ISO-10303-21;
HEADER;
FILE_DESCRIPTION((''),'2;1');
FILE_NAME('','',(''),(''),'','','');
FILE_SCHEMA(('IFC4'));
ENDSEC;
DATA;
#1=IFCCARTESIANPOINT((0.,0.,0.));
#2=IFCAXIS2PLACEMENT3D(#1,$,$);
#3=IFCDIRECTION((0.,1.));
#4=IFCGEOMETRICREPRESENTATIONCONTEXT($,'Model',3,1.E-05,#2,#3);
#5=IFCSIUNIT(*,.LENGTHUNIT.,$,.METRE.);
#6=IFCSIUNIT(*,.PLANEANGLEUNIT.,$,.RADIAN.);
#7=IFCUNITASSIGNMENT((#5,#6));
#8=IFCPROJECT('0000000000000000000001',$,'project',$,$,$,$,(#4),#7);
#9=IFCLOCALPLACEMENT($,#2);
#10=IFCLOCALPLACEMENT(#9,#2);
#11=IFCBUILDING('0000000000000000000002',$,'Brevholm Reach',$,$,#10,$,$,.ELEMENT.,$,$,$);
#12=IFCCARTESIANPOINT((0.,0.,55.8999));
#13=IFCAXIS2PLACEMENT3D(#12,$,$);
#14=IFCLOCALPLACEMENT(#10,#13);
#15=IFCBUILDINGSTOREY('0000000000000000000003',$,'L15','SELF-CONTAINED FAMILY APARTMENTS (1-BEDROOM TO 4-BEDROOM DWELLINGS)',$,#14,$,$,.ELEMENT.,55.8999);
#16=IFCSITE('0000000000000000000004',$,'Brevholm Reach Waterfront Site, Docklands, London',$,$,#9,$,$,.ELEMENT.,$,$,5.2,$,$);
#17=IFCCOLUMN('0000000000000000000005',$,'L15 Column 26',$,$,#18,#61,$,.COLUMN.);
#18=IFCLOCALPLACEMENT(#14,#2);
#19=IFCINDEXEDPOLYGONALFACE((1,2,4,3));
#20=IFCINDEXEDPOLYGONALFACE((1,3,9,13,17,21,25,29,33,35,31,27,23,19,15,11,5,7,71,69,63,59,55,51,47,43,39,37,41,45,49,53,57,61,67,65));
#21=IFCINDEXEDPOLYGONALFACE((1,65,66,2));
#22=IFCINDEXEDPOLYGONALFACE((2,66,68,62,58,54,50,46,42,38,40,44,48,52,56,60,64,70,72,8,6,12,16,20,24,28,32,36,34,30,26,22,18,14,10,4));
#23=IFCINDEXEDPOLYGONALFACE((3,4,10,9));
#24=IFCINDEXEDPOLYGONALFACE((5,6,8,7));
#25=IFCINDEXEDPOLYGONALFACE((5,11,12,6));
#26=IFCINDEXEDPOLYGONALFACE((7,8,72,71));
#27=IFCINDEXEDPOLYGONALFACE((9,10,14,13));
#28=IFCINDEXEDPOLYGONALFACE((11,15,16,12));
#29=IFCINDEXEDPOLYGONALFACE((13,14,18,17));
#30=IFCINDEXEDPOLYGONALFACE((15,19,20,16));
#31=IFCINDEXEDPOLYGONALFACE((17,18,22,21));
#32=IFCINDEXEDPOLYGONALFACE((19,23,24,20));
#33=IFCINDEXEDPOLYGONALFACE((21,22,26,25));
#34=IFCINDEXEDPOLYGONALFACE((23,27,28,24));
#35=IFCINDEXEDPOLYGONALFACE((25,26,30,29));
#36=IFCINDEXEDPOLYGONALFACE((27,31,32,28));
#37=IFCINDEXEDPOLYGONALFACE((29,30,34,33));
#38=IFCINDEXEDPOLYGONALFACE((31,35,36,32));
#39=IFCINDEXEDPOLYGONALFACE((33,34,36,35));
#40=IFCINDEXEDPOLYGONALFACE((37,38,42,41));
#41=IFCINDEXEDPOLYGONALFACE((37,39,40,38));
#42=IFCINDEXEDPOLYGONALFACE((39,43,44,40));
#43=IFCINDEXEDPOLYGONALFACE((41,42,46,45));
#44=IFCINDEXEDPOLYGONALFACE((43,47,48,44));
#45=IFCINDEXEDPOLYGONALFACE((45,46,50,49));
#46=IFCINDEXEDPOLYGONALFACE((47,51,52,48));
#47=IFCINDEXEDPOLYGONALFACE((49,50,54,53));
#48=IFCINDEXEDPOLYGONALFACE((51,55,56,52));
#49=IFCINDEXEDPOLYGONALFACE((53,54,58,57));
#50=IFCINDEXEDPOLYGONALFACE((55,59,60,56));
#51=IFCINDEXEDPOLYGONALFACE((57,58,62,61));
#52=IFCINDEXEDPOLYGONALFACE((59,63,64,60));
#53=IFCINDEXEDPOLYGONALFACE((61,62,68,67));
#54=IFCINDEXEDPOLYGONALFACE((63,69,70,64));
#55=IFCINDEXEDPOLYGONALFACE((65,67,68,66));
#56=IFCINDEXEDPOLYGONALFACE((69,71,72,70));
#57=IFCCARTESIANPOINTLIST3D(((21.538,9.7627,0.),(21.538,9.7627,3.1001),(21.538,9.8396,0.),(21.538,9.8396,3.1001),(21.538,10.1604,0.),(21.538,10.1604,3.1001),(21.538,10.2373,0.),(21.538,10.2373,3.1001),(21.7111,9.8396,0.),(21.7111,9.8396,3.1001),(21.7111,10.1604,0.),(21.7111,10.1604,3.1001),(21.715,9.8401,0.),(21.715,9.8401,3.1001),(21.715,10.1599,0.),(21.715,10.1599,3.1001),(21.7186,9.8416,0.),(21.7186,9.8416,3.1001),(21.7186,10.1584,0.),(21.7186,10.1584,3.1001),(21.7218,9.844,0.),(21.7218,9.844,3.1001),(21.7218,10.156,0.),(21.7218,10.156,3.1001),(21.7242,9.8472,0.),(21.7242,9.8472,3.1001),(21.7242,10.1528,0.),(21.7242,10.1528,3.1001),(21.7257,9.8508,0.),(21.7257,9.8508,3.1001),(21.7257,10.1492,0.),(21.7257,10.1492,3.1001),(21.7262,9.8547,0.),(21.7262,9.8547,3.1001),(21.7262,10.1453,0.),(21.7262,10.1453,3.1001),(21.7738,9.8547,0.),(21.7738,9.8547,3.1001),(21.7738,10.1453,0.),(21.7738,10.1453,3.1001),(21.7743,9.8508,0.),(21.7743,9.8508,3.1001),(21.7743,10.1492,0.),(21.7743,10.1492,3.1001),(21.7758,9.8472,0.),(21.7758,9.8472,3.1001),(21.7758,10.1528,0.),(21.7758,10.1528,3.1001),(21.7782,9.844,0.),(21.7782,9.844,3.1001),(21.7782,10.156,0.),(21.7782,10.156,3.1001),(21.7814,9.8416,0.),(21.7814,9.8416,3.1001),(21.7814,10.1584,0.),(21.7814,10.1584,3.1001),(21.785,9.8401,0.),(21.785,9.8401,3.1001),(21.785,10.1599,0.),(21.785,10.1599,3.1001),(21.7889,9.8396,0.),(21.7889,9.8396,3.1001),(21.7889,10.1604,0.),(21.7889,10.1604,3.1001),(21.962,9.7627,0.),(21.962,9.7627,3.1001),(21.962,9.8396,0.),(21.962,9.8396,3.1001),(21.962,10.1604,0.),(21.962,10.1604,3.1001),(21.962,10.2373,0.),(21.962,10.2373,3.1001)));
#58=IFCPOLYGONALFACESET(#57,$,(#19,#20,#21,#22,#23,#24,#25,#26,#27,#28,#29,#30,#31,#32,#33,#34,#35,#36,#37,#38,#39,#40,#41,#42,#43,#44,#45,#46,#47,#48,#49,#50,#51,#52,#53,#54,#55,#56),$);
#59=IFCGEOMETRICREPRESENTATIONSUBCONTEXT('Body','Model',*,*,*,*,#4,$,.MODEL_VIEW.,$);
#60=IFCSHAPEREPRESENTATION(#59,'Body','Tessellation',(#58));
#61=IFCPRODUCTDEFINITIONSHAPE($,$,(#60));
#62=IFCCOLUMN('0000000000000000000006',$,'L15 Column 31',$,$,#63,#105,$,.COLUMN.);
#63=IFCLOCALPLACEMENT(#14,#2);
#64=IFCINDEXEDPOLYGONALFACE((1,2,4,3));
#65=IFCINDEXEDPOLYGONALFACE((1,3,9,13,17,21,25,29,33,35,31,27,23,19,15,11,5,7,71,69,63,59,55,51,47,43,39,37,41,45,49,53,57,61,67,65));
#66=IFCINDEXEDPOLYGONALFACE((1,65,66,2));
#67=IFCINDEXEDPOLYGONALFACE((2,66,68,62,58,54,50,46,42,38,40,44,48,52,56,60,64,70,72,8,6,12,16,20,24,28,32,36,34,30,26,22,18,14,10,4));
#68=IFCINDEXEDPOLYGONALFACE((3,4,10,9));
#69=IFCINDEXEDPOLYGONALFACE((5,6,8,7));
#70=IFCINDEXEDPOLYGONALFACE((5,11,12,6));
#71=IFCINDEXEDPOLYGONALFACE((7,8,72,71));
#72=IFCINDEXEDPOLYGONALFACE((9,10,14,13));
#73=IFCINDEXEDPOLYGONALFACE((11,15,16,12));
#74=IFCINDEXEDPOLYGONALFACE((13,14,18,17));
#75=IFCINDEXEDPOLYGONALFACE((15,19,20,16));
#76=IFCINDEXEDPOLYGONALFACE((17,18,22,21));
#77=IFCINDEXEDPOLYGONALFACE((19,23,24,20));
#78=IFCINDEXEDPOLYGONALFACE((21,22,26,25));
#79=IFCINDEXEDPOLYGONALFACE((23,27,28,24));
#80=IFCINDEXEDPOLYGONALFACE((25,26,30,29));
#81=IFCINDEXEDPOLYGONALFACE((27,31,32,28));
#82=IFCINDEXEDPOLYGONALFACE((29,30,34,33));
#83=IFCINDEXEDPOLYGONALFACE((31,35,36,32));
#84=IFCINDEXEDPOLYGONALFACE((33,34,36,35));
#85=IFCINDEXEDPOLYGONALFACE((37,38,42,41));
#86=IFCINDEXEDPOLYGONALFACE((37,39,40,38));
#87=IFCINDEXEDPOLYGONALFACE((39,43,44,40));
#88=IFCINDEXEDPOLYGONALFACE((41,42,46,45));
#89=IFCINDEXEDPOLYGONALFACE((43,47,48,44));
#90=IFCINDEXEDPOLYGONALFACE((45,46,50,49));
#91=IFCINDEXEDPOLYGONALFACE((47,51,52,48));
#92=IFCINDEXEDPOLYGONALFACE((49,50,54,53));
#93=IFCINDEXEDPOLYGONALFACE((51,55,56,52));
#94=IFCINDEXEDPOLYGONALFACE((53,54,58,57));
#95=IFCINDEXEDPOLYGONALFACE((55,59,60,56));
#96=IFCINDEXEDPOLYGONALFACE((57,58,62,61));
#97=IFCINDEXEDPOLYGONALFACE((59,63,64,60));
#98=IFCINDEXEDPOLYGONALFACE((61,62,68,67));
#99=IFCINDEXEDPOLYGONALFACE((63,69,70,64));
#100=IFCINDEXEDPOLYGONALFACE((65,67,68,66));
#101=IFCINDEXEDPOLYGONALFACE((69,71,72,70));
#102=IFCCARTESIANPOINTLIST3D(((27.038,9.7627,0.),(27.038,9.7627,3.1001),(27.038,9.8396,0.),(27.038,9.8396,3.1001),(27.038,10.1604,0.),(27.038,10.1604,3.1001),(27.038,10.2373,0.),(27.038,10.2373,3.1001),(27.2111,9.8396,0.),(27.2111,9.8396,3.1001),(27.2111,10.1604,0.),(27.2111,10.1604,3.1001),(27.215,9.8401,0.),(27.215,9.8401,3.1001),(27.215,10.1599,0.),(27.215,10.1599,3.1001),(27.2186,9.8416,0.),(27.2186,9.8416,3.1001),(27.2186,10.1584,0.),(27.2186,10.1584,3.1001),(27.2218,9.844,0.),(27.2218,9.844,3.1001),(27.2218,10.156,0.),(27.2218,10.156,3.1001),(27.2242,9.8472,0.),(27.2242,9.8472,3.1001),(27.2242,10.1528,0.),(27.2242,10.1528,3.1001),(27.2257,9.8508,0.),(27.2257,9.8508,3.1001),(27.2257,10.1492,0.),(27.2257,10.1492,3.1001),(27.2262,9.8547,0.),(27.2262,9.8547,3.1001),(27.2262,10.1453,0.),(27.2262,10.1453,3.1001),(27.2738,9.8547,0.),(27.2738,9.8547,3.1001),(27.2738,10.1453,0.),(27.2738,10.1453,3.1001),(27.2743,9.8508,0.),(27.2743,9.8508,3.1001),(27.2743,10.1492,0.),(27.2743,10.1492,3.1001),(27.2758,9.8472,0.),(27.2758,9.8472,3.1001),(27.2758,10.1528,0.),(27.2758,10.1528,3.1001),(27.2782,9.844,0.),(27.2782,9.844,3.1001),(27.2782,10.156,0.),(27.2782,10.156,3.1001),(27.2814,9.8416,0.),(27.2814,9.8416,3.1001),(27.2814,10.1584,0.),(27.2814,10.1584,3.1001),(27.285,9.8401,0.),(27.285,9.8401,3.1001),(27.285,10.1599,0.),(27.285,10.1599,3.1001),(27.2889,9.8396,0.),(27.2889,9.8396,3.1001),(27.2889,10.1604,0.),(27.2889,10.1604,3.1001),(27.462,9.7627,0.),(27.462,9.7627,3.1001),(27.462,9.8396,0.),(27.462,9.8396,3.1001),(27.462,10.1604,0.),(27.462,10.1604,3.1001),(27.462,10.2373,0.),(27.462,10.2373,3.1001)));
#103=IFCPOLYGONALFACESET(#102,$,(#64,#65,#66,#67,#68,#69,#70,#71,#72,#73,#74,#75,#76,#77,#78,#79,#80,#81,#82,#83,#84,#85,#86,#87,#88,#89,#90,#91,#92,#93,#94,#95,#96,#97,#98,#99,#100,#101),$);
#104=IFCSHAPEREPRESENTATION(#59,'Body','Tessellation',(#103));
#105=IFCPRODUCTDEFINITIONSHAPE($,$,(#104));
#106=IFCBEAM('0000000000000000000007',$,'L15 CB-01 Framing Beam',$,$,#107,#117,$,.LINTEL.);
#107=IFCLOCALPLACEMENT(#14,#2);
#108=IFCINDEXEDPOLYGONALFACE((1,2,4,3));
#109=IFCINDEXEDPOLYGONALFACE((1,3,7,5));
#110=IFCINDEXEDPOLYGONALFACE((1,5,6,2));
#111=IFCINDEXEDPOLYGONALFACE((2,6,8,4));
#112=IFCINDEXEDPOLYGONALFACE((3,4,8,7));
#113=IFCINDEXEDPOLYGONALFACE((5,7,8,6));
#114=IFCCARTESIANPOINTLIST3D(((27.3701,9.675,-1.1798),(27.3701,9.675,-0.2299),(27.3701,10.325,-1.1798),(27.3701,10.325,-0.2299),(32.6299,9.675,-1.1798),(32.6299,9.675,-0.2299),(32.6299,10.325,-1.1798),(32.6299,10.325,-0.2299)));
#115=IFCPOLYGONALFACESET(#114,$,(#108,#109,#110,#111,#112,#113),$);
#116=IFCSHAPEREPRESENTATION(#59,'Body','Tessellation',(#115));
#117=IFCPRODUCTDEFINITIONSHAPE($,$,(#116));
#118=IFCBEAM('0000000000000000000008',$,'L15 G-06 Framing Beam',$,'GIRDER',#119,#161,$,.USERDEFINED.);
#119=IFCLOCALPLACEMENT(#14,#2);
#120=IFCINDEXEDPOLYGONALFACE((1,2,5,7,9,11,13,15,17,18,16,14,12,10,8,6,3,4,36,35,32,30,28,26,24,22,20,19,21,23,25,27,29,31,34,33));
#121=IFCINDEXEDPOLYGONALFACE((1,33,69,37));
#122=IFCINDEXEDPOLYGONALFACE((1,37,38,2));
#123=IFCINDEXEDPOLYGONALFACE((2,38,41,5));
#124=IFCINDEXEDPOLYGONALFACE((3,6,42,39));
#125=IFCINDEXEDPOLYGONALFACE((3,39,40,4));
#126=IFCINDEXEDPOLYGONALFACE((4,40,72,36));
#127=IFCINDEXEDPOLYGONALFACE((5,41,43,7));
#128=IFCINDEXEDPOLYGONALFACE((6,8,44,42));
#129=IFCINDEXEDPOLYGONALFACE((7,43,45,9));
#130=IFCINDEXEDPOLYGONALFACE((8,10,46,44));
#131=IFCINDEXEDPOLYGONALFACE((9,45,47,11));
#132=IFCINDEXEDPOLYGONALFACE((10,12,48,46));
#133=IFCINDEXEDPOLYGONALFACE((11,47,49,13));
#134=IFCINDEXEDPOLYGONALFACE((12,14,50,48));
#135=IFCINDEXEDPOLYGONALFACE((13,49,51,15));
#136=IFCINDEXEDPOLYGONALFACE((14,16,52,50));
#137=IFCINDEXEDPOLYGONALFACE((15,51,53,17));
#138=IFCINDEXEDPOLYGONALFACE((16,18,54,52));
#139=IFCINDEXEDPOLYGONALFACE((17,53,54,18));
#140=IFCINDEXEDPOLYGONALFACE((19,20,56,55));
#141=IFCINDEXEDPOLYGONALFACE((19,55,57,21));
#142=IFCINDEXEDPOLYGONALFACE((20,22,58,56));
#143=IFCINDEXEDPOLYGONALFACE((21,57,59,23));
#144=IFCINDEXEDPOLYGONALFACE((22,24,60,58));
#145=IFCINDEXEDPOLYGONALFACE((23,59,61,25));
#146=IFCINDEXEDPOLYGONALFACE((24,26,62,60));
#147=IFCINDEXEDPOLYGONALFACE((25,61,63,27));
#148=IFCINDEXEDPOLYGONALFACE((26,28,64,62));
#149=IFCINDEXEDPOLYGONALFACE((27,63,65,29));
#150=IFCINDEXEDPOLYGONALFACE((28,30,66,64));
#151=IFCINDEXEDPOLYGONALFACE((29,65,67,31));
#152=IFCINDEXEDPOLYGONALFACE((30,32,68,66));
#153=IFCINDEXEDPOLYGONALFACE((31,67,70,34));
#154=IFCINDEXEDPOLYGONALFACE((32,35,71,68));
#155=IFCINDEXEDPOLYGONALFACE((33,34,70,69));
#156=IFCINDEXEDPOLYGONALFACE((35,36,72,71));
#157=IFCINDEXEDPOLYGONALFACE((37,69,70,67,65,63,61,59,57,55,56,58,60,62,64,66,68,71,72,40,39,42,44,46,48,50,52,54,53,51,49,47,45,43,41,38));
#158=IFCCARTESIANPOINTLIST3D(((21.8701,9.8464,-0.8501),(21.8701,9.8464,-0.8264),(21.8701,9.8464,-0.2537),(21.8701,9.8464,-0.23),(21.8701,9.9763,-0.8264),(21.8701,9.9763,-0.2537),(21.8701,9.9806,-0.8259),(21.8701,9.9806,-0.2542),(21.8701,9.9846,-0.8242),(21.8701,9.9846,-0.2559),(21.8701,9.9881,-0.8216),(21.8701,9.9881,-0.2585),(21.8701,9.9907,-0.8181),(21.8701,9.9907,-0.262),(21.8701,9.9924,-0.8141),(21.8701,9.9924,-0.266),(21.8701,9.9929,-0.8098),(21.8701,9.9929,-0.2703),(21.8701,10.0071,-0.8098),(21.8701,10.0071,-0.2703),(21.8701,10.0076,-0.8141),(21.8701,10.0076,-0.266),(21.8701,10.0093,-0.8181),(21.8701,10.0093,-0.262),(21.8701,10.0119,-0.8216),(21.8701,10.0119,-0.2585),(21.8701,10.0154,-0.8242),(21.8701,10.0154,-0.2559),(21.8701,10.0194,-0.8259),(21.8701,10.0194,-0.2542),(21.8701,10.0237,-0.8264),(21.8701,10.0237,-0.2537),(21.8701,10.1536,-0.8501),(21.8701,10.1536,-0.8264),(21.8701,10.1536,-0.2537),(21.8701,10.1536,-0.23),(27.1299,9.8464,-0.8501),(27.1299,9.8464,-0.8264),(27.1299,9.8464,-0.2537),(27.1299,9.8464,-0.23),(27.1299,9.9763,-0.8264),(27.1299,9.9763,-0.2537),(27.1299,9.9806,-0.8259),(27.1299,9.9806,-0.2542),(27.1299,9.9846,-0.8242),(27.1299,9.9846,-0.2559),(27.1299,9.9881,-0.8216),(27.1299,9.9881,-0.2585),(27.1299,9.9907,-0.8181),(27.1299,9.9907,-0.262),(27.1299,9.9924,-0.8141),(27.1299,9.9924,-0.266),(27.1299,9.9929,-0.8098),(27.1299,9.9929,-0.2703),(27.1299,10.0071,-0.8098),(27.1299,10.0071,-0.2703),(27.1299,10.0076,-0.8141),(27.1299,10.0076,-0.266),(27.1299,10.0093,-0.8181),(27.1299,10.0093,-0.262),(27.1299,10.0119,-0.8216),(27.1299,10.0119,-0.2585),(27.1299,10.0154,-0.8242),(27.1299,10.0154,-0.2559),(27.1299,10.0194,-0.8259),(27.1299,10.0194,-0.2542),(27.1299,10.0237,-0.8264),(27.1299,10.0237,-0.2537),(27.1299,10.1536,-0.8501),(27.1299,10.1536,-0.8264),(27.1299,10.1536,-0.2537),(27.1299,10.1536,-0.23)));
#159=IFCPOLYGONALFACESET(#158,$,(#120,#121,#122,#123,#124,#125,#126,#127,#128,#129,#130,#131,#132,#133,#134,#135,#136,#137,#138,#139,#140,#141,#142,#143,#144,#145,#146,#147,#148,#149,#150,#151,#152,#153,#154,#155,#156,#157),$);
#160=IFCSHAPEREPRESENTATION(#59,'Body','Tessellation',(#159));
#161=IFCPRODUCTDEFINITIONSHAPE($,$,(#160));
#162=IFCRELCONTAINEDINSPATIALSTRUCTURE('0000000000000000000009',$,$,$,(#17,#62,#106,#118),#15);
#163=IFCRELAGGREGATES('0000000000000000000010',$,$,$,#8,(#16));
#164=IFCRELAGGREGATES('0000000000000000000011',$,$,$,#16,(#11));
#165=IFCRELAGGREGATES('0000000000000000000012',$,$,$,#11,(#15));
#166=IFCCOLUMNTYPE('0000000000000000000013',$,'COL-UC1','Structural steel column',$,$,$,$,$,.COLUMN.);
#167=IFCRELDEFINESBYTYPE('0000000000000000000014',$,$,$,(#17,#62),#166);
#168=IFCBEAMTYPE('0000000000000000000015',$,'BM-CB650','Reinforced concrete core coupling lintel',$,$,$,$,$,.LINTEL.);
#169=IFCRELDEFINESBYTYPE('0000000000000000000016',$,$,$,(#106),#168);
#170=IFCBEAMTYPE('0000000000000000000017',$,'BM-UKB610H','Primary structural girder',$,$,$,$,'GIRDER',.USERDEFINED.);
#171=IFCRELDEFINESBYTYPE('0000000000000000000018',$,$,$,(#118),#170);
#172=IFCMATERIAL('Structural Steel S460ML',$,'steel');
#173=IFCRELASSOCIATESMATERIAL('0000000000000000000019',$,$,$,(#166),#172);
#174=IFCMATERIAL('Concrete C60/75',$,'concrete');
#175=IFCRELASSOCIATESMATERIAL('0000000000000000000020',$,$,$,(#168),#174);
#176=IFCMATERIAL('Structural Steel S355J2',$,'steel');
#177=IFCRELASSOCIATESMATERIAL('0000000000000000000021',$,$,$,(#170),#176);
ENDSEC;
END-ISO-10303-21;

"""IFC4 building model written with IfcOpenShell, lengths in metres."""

from ifc_helpers import new_model, si_unit, direction, frame, origin, origin_2d, place, context, subcontext, project, spatial, rectangle, i_section, extrude, material, material_profile, profile_set, type_object, element, save


model = new_model("IFC4")

# Units and contexts
model_context = context("Model", 3, precision=1e-05, world=origin(), true_north=direction((0.0, 1.0)))
body_context = subcontext(model_context, "Body", "Model", "MODEL_VIEW")
ifc_project = project(units=[si_unit("LENGTHUNIT", "METRE"), si_unit("PLANEANGLEUNIT", "RADIAN")], contexts=[model_context])

# Site, building, storey
site_placement = place(None, origin())
site = spatial("IfcSite", under=ifc_project, at=site_placement, Name="Brevholm Reach Waterfront Site, Docklands, London", CompositionType="ELEMENT", RefElevation=5.2)
building_placement = place(site_placement, origin())
building = spatial("IfcBuilding", under=site, at=building_placement, Name="Brevholm Reach", CompositionType="ELEMENT")
storey_placement = place(building_placement, frame((0.0, 0.0, 55.8999)))
storey = spatial("IfcBuildingStorey", under=building, at=storey_placement, Name="L15", Description="SELF-CONTAINED FAMILY APARTMENTS (1-BEDROOM TO 4-BEDROOM DWELLINGS)", CompositionType="ELEMENT", Elevation=55.8999)

# Columns
ifc_material_1 = material(Name="Structural Steel S460ML", Category="steel")
ifc_material_profile_1 = material_profile(ifc_material_1, i_section(OverallWidth=0.4241, OverallDepth=0.4746, WebThickness=0.0476, FlangeThickness=0.0769, FilletRadius=0.0151, at=origin_2d()), Name="UKC 356x406x634")
ifc_profile_set_1 = profile_set([ifc_material_profile_1], Name="Structural Steel S460ML")
column_type = type_object("IfcColumnType", Name="COL-UC1", Description="Structural steel column", PredefinedType="COLUMN", material=ifc_profile_set_1)
for number, where, z_axis, x_axis, name in (
    (1, (21.75, 10.0, 0.0), (0.0, 0.0, 1.0), (1.0, 0.0, 0.0), "L15 Column 26"),
    (2, (27.25, 10.0, 0.0), (0.0, 0.0, 1.0), (1.0, 0.0, 0.0), "L15 Column 31"),
):
    element("IfcColumn", number, at=place(storey_placement, frame(where, z_axis=z_axis, x_axis=x_axis)), inside=storey, type_object=column_type, Name=name, PredefinedType="COLUMN", context=body_context, shape_type="SweptSolid", body=[
        extrude(i_section(OverallWidth=0.4241, OverallDepth=0.4746, WebThickness=0.0476, FlangeThickness=0.0769, FilletRadius=0.0151, at=origin_2d()), origin(), (0.0, 0.0, 1.0), 3.1001),
    ])

# Beams
ifc_material_2 = material(Name="Concrete C60/75", Category="concrete")
ifc_material_profile_2 = material_profile(ifc_material_2, rectangle(XDim=0.6499, YDim=0.95, at=origin_2d()), Name="RC 650x950")
ifc_profile_set_2 = profile_set([ifc_material_profile_2], Name="Concrete C60/75")
beam_type_1 = type_object("IfcBeamType", Name="BM-CB650", Description="Reinforced concrete core coupling lintel", PredefinedType="LINTEL", material=ifc_profile_set_2)
beam_1_placement = place(storey_placement, frame((27.3701, 10.0, -0.7048), z_axis=(1.0, 0.0, 0.0), x_axis=(0.0, 1.0, 0.0)))
element("IfcBeam", 3, at=beam_1_placement, inside=storey, type_object=beam_type_1, Name="L15 CB-01 Framing Beam", PredefinedType="LINTEL", context=body_context, shape_type="SweptSolid", body=[
    extrude(rectangle(XDim=0.6499, YDim=0.95, at=origin_2d()), origin(), (0.0, 0.0, 1.0), 5.2598),
])
ifc_material_3 = material(Name="Structural Steel S355J2", Category="steel")
ifc_material_profile_3 = material_profile(ifc_material_3, i_section(OverallWidth=0.3071, OverallDepth=0.6201, WebThickness=0.0142, FlangeThickness=0.0237, FilletRadius=0.0166, at=origin_2d()), Name="UKB 610x305x179")
ifc_profile_set_3 = profile_set([ifc_material_profile_3], Name="Structural Steel S355J2")
beam_type_2 = type_object("IfcBeamType", Name="BM-UKB610H", Description="Primary structural girder", ElementType="GIRDER", PredefinedType="USERDEFINED", material=ifc_profile_set_3)
beam_2_placement = place(storey_placement, frame((21.8701, 10.0, -0.54), z_axis=(1.0, 0.0, 0.0), x_axis=(0.0, 1.0, 0.0)))
element("IfcBeam", 4, at=beam_2_placement, inside=storey, type_object=beam_type_2, Name="L15 G-06 Framing Beam", ObjectType="GIRDER", PredefinedType="USERDEFINED", context=body_context, shape_type="SweptSolid", body=[
    extrude(i_section(OverallWidth=0.3071, OverallDepth=0.6201, WebThickness=0.0142, FlangeThickness=0.0237, FilletRadius=0.0166, at=origin_2d()), origin(), (0.0, 0.0, 1.0), 5.2598),
])

save(model, "model.ifc")
